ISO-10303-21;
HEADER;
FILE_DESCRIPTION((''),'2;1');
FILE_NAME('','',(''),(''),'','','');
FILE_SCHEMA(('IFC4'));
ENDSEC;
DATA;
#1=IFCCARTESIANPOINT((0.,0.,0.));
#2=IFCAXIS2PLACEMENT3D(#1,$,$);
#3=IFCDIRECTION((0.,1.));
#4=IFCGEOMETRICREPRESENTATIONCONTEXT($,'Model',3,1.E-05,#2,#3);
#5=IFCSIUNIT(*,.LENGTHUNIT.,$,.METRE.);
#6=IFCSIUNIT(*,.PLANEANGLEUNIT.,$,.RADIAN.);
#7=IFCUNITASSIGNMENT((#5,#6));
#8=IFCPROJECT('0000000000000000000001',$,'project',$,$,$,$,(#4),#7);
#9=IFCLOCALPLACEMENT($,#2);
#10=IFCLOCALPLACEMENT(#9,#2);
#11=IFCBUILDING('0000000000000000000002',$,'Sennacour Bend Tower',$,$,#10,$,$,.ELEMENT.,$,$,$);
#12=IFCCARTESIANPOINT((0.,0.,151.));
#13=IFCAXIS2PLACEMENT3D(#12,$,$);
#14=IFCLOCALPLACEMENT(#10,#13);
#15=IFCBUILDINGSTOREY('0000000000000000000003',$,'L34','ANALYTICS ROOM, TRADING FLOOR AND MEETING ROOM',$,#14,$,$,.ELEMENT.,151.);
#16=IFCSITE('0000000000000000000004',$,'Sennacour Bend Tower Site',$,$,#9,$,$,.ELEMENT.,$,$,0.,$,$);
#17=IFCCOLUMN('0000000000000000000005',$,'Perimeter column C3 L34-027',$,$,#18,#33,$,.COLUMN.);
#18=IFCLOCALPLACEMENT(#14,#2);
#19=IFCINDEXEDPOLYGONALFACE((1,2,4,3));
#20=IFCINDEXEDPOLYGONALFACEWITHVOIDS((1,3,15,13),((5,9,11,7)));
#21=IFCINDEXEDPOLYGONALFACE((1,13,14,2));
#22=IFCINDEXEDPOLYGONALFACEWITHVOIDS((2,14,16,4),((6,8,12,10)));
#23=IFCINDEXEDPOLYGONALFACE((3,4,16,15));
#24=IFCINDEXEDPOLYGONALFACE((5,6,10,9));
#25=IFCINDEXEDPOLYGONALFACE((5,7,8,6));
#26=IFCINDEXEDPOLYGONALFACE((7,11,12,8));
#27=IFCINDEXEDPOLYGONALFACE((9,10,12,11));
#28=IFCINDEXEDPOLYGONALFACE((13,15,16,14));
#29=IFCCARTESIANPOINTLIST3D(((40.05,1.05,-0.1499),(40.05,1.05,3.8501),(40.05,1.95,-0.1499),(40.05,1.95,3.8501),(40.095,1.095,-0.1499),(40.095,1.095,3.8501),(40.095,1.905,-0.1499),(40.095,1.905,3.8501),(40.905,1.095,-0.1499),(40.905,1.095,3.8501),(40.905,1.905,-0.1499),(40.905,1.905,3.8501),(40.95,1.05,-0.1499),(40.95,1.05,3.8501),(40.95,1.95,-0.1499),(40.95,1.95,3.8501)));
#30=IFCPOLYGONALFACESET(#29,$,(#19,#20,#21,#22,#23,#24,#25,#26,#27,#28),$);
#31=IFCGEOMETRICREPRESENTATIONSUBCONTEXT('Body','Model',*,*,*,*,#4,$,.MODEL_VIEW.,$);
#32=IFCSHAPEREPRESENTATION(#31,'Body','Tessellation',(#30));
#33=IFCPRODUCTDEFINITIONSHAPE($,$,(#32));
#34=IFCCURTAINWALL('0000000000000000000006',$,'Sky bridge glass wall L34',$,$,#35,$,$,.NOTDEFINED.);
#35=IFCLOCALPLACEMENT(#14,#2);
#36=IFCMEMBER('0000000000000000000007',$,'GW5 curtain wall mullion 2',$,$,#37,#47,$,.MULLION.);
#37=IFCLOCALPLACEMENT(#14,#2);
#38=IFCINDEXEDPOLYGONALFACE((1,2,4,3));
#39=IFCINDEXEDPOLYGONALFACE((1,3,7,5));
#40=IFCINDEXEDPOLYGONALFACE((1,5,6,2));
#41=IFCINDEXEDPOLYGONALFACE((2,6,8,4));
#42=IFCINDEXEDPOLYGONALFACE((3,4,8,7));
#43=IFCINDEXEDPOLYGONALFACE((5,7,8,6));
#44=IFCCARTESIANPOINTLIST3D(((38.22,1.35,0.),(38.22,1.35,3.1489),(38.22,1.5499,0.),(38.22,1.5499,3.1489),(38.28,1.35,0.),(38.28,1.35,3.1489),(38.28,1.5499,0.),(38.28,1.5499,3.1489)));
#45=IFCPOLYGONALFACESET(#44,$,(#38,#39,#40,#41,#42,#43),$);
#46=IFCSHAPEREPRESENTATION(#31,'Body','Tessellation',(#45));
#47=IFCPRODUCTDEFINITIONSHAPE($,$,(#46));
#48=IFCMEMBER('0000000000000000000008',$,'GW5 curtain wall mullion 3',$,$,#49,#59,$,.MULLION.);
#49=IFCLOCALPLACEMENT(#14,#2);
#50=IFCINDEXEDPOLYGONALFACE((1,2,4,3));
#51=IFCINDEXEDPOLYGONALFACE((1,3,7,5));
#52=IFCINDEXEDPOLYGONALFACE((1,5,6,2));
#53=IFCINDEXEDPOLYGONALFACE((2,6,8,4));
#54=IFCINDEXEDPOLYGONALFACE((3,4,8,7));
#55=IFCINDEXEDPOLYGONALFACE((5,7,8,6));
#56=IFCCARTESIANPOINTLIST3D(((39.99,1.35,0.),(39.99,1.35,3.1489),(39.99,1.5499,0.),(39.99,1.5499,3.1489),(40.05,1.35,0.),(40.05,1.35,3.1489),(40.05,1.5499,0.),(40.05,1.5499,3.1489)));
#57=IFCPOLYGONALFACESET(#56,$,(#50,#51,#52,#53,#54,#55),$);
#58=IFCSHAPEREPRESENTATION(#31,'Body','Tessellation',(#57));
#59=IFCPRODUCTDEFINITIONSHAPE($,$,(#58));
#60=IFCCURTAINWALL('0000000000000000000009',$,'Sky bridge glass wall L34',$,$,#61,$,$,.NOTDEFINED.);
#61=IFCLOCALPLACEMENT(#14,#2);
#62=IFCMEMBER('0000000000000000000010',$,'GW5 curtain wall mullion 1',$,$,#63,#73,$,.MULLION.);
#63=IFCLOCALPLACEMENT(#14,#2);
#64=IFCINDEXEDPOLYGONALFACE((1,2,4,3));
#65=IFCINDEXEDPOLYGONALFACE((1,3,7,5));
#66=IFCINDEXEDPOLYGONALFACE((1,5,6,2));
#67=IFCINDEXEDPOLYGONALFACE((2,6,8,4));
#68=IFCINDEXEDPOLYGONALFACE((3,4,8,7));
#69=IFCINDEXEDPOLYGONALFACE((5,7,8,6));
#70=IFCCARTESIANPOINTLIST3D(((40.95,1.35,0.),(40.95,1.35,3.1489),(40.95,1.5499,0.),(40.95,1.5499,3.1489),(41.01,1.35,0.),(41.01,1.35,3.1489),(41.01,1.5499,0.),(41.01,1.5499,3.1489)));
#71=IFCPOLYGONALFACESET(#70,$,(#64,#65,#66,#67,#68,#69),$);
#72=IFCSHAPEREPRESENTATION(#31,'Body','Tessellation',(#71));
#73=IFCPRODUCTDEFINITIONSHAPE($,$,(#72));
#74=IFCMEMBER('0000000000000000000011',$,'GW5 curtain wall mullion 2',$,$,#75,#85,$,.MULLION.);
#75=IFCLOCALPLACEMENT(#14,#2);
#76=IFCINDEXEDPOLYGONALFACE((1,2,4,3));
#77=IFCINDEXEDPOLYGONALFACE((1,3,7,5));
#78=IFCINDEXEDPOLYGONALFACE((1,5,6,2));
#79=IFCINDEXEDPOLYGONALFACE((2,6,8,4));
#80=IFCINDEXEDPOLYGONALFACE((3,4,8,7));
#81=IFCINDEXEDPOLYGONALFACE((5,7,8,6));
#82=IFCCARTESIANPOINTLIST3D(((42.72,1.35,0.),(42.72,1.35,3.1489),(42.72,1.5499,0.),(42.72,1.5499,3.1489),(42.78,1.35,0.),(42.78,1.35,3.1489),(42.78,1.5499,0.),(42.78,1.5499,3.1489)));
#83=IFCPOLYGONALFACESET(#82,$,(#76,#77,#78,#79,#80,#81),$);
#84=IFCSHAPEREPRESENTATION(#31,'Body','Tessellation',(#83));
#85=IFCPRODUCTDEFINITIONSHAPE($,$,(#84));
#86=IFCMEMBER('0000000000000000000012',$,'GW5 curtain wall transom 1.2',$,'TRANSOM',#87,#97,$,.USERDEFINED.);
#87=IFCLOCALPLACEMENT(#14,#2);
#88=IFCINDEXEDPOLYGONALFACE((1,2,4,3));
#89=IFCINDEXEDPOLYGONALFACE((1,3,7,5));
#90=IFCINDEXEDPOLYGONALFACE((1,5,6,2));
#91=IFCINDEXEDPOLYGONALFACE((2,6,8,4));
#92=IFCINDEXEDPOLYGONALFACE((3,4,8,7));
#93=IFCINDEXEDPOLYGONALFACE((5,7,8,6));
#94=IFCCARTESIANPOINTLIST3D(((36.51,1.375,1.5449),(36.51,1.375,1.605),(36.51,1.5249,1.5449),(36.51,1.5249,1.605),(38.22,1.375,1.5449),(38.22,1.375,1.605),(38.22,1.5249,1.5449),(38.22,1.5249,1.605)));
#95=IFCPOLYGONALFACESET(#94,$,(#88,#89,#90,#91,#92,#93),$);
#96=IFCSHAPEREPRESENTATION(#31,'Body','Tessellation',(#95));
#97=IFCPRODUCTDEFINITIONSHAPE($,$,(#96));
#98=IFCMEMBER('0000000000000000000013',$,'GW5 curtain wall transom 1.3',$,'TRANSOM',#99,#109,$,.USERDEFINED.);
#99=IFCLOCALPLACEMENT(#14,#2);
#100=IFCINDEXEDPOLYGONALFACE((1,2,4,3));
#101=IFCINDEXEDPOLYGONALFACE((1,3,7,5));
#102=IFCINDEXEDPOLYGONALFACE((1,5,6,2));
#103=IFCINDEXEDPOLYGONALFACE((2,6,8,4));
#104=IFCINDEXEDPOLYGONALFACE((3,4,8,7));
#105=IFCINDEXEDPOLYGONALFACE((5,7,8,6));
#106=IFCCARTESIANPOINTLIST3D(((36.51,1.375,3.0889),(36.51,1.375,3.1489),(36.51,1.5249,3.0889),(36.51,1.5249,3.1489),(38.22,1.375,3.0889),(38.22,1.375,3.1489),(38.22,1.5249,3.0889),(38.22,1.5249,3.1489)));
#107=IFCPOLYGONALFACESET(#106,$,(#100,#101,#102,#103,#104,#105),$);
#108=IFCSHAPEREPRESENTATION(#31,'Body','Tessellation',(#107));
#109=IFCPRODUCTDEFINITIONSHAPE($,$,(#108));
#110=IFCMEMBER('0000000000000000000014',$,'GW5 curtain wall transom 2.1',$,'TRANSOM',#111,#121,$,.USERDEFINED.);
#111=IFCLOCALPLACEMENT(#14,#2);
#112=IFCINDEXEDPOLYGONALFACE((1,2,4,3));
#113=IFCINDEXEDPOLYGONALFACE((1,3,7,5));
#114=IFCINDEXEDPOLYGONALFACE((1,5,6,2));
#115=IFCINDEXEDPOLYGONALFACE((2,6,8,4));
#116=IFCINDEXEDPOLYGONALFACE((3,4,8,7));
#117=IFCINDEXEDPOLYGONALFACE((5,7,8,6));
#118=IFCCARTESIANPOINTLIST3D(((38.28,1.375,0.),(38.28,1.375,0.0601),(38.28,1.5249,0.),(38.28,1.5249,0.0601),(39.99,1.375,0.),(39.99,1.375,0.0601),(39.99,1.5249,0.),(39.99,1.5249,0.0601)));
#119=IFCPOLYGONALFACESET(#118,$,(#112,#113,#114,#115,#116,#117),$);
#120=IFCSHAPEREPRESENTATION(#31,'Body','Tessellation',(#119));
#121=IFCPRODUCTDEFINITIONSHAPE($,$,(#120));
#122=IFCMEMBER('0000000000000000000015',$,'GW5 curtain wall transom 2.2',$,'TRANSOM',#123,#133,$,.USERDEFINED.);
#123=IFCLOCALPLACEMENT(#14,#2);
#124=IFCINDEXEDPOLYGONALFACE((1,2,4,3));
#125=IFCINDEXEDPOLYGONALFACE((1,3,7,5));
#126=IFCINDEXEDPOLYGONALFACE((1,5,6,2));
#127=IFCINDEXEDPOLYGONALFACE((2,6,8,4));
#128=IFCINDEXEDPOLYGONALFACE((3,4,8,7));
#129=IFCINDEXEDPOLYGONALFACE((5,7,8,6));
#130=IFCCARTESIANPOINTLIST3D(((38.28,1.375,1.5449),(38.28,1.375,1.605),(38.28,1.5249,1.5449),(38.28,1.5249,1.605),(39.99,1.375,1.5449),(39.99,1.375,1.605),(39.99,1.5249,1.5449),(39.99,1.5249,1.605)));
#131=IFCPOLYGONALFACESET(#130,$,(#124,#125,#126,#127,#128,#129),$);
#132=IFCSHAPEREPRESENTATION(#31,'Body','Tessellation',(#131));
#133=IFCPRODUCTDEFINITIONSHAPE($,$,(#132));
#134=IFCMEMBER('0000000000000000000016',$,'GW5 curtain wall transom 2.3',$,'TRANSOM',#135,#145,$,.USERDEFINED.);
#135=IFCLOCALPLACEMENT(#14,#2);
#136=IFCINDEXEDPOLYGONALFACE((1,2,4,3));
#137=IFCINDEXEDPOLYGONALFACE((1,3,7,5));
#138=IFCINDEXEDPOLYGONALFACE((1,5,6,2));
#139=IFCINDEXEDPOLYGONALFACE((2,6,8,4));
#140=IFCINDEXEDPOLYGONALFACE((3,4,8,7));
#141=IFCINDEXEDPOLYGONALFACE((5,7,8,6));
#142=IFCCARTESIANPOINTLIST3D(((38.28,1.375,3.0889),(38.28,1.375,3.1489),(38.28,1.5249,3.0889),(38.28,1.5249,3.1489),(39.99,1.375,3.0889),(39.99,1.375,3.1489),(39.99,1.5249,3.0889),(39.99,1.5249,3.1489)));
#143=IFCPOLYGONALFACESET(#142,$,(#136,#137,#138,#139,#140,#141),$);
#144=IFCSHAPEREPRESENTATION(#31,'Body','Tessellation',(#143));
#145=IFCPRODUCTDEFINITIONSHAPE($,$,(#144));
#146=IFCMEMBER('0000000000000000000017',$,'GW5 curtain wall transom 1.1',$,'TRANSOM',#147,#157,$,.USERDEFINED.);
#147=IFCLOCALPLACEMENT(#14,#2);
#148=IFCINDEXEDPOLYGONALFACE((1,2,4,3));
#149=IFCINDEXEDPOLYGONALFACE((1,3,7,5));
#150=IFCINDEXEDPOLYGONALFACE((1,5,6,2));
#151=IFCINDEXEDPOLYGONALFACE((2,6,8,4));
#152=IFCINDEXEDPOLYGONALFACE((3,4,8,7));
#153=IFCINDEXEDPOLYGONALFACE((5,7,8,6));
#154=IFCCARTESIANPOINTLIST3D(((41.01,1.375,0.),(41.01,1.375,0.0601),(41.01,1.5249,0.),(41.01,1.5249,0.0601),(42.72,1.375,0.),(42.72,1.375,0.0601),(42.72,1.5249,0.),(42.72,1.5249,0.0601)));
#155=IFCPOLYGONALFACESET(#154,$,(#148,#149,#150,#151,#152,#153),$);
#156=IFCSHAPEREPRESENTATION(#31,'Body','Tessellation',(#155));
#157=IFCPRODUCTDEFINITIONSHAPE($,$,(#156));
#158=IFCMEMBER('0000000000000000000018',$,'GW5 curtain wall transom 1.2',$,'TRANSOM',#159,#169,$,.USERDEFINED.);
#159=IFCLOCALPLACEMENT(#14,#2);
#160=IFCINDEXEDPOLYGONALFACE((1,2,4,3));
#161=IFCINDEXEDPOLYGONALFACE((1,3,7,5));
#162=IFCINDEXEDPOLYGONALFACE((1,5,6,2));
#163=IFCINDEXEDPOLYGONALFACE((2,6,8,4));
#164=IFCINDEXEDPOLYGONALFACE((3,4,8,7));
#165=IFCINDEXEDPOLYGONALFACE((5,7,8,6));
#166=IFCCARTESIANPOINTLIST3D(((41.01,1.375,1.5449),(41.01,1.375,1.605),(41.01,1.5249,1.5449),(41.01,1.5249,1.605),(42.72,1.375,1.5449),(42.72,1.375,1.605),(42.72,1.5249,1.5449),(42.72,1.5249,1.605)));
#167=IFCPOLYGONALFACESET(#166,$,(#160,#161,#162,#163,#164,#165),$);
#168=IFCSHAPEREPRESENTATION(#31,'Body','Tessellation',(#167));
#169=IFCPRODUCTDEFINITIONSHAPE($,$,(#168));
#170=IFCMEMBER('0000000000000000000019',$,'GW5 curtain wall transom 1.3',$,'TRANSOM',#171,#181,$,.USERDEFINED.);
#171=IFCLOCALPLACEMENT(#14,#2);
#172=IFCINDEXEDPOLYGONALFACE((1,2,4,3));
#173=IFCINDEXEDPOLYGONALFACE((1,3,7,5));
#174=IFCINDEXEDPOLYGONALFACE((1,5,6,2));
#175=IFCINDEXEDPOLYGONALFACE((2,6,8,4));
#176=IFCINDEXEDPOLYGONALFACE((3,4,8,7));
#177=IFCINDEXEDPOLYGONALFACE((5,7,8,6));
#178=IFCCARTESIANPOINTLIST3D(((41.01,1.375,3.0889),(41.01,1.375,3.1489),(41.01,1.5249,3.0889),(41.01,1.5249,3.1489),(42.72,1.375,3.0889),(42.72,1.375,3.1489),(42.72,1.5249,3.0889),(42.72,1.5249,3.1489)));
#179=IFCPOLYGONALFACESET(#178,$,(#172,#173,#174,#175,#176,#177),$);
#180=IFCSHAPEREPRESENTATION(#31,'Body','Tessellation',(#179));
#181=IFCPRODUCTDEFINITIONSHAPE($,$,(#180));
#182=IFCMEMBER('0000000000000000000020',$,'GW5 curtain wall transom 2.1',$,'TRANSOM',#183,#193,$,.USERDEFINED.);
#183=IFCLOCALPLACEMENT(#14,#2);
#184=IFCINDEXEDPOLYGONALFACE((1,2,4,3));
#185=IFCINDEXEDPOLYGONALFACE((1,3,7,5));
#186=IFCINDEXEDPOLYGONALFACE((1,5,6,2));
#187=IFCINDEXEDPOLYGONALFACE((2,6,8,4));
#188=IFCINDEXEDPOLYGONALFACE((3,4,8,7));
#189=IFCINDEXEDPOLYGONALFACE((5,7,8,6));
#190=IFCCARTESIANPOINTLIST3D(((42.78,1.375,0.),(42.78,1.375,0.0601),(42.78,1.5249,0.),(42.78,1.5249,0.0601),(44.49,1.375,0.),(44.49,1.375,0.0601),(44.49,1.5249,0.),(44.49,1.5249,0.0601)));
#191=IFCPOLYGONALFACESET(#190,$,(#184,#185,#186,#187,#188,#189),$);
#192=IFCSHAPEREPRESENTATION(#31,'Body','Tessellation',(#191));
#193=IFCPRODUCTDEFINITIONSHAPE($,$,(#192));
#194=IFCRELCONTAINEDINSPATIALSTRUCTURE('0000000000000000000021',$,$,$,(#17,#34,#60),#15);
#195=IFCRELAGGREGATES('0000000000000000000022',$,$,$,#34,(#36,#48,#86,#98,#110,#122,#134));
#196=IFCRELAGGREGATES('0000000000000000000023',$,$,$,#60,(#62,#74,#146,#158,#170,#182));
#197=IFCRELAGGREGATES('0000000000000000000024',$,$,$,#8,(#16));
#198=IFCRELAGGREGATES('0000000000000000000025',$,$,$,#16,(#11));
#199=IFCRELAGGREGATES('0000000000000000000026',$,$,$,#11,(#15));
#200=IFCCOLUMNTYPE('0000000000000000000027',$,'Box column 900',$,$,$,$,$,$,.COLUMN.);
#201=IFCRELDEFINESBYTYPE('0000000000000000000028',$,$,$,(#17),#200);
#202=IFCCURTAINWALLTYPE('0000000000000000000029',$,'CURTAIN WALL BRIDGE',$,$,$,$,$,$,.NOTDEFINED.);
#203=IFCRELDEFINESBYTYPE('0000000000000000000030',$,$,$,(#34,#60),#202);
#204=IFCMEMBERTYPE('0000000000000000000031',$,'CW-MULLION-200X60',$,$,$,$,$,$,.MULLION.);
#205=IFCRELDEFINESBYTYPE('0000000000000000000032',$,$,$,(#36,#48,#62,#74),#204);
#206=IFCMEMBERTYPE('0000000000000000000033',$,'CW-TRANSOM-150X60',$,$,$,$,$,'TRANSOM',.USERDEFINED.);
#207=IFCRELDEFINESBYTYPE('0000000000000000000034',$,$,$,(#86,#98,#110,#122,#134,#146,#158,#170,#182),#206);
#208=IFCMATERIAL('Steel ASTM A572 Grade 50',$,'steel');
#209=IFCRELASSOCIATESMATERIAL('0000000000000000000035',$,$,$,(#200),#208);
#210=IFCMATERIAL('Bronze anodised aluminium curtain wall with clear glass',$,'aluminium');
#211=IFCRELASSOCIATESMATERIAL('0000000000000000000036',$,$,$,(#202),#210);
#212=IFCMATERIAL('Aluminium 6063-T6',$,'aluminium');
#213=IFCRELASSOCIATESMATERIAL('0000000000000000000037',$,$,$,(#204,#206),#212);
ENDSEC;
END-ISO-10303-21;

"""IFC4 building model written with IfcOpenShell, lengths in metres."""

from ifc_helpers import new_model, si_unit, direction, frame, origin, origin_2d, place, context, subcontext, project, spatial, rectangle, hollow_rectangle, extrude, material, material_profile, profile_set, type_object, element, aggregate, save


model = new_model("IFC4")

# Units and contexts
model_context = context("Model", 3, precision=1e-05, world=origin(), true_north=direction((0.0, 1.0)))
body_context = subcontext(model_context, "Body", "Model", "MODEL_VIEW")
ifc_project = project(units=[si_unit("LENGTHUNIT", "METRE"), si_unit("PLANEANGLEUNIT", "RADIAN")], contexts=[model_context])

# Site, building, storey
site_placement = place(None, origin())
site = spatial("IfcSite", under=ifc_project, at=site_placement, Name="Sennacour Bend Tower Site", CompositionType="ELEMENT", RefElevation=0.0)
building_placement = place(site_placement, origin())
building = spatial("IfcBuilding", under=site, at=building_placement, Name="Sennacour Bend Tower", CompositionType="ELEMENT")
storey_placement = place(building_placement, frame((0.0, 0.0, 151.0)))
storey = spatial("IfcBuildingStorey", under=building, at=storey_placement, Name="L34", Description="ANALYTICS ROOM, TRADING FLOOR AND MEETING ROOM", CompositionType="ELEMENT", Elevation=151.0)

# Column
ifc_material_1 = material(Name="Steel ASTM A572 Grade 50", Category="steel")
ifc_material_profile_1 = material_profile(ifc_material_1, hollow_rectangle(XDim=0.8999, YDim=0.8999, WallThickness=0.0449, at=origin_2d()), Name="Steel ASTM A572 Grade 50", Category="steel")
ifc_profile_set_1 = profile_set([ifc_material_profile_1], Name="Steel ASTM A572 Grade 50")
column_type = type_object("IfcColumnType", Name="Box column 900", PredefinedType="COLUMN", material=ifc_profile_set_1)
column_placement = place(storey_placement, frame((40.5, 1.5, -0.1499), z_axis=(0.0, 0.0, 1.0), x_axis=(1.0, 0.0, 0.0)))
element("IfcColumn", 1, at=column_placement, inside=storey, type_object=column_type, Name="Perimeter column C3 L34-027", PredefinedType="COLUMN", context=body_context, shape_type="SweptSolid", body=[
    extrude(hollow_rectangle(XDim=0.8999, YDim=0.8999, WallThickness=0.0449, at=origin_2d()), origin(), (0.0, 0.0, 1.0), 4.0),
])

# Curtain walls, members
ifc_material_2 = material(Name="Bronze anodised aluminium curtain wall with clear glass", Category="aluminium")
curtain_wall_type = type_object("IfcCurtainWallType", Name="CURTAIN WALL BRIDGE", PredefinedType="NOTDEFINED", material=ifc_material_2)
curtain_wall_1_placement = place(storey_placement, origin())
curtain_wall_1 = element("IfcCurtainWall", 2, at=curtain_wall_1_placement, inside=storey, type_object=curtain_wall_type, Name="Sky bridge glass wall L34", PredefinedType="NOTDEFINED")
ifc_material_3 = material(Name="Aluminium 6063-T6", Category="aluminium")
ifc_material_profile_2 = material_profile(ifc_material_3, rectangle(XDim=0.2, YDim=0.0601, at=origin_2d()), Name="Aluminium 6063-T6", Category="aluminium")
ifc_profile_set_2 = profile_set([ifc_material_profile_2], Name="Aluminium 6063-T6")
member_type_1 = type_object("IfcMemberType", Name="CW-MULLION-200X60", PredefinedType="MULLION", material=ifc_profile_set_2)
member_1_placement = place(storey_placement, frame((38.25, 1.45, 0.0), z_axis=(0.0, 0.0, 1.0), x_axis=(0.0, 1.0, 0.0)))
member_1 = element("IfcMember", 3, at=member_1_placement, type_object=member_type_1, Name="GW5 curtain wall mullion 2", PredefinedType="MULLION", context=body_context, shape_type="SweptSolid", body=[
    extrude(rectangle(XDim=0.2, YDim=0.0601, at=origin_2d()), origin(), (0.0, 0.0, 1.0), 3.1489),
])
member_2_placement = place(storey_placement, frame((40.02, 1.45, 0.0), z_axis=(0.0, 0.0, 1.0), x_axis=(0.0, 1.0, 0.0)))
member_2 = element("IfcMember", 4, at=member_2_placement, type_object=member_type_1, Name="GW5 curtain wall mullion 3", PredefinedType="MULLION", context=body_context, shape_type="SweptSolid", body=[
    extrude(rectangle(XDim=0.2, YDim=0.0601, at=origin_2d()), origin(), (0.0, 0.0, 1.0), 3.1489),
])
curtain_wall_2_placement = place(storey_placement, origin())
curtain_wall_2 = element("IfcCurtainWall", 5, at=curtain_wall_2_placement, inside=storey, type_object=curtain_wall_type, Name="Sky bridge glass wall L34", PredefinedType="NOTDEFINED")
member_3_placement = place(storey_placement, frame((40.98, 1.45, 0.0), z_axis=(0.0, 0.0, 1.0), x_axis=(0.0, 1.0, 0.0)))
member_3 = element("IfcMember", 6, at=member_3_placement, type_object=member_type_1, Name="GW5 curtain wall mullion 1", PredefinedType="MULLION", context=body_context, shape_type="SweptSolid", body=[
    extrude(rectangle(XDim=0.2, YDim=0.0601, at=origin_2d()), origin(), (0.0, 0.0, 1.0), 3.1489),
])
member_4_placement = place(storey_placement, frame((42.75, 1.45, 0.0), z_axis=(0.0, 0.0, 1.0), x_axis=(0.0, 1.0, 0.0)))
member_4 = element("IfcMember", 7, at=member_4_placement, type_object=member_type_1, Name="GW5 curtain wall mullion 2", PredefinedType="MULLION", context=body_context, shape_type="SweptSolid", body=[
    extrude(rectangle(XDim=0.2, YDim=0.0601, at=origin_2d()), origin(), (0.0, 0.0, 1.0), 3.1489),
])

# Members
ifc_material_profile_3 = material_profile(ifc_material_3, rectangle(XDim=0.1499, YDim=0.0601, at=origin_2d()), Name="Aluminium 6063-T6", Category="aluminium")
ifc_profile_set_3 = profile_set([ifc_material_profile_3], Name="Aluminium 6063-T6")
member_type_2 = type_object("IfcMemberType", Name="CW-TRANSOM-150X60", ElementType="TRANSOM", PredefinedType="USERDEFINED", material=ifc_profile_set_3)
member_5_placement = place(storey_placement, frame((36.51, 1.45, 1.575), z_axis=(1.0, 0.0, 0.0), x_axis=(0.0, 1.0, 0.0)))
member_5 = element("IfcMember", 8, at=member_5_placement, type_object=member_type_2, Name="GW5 curtain wall transom 1.2", ObjectType="TRANSOM", PredefinedType="USERDEFINED", context=body_context, shape_type="SweptSolid", body=[
    extrude(rectangle(XDim=0.1499, YDim=0.0601, at=origin_2d()), origin(), (0.0, 0.0, 1.0), 1.71),
])
member_6_placement = place(storey_placement, frame((36.51, 1.45, 3.1189), z_axis=(1.0, 0.0, 0.0), x_axis=(0.0, 1.0, 0.0)))
member_6 = element("IfcMember", 9, at=member_6_placement, type_object=member_type_2, Name="GW5 curtain wall transom 1.3", ObjectType="TRANSOM", PredefinedType="USERDEFINED", context=body_context, shape_type="SweptSolid", body=[
    extrude(rectangle(XDim=0.1499, YDim=0.0601, at=origin_2d()), origin(), (0.0, 0.0, 1.0), 1.71),
])
member_7_placement = place(storey_placement, frame((38.28, 1.45, 0.03), z_axis=(1.0, 0.0, 0.0), x_axis=(0.0, 1.0, 0.0)))
member_7 = element("IfcMember", 10, at=member_7_placement, type_object=member_type_2, Name="GW5 curtain wall transom 2.1", ObjectType="TRANSOM", PredefinedType="USERDEFINED", context=body_context, shape_type="SweptSolid", body=[
    extrude(rectangle(XDim=0.1499, YDim=0.0601, at=origin_2d()), origin(), (0.0, 0.0, 1.0), 1.71),
])
member_8_placement = place(storey_placement, frame((38.28, 1.45, 1.575), z_axis=(1.0, 0.0, 0.0), x_axis=(0.0, 1.0, 0.0)))
member_8 = element("IfcMember", 11, at=member_8_placement, type_object=member_type_2, Name="GW5 curtain wall transom 2.2", ObjectType="TRANSOM", PredefinedType="USERDEFINED", context=body_context, shape_type="SweptSolid", body=[
    extrude(rectangle(XDim=0.1499, YDim=0.0601, at=origin_2d()), origin(), (0.0, 0.0, 1.0), 1.71),
])
member_9_placement = place(storey_placement, frame((38.28, 1.45, 3.1189), z_axis=(1.0, 0.0, 0.0), x_axis=(0.0, 1.0, 0.0)))
member_9 = element("IfcMember", 12, at=member_9_placement, type_object=member_type_2, Name="GW5 curtain wall transom 2.3", ObjectType="TRANSOM", PredefinedType="USERDEFINED", context=body_context, shape_type="SweptSolid", body=[
    extrude(rectangle(XDim=0.1499, YDim=0.0601, at=origin_2d()), origin(), (0.0, 0.0, 1.0), 1.71),
])
member_10_placement = place(storey_placement, frame((41.01, 1.45, 0.03), z_axis=(1.0, 0.0, 0.0), x_axis=(0.0, 1.0, 0.0)))
member_10 = element("IfcMember", 13, at=member_10_placement, type_object=member_type_2, Name="GW5 curtain wall transom 1.1", ObjectType="TRANSOM", PredefinedType="USERDEFINED", context=body_context, shape_type="SweptSolid", body=[
    extrude(rectangle(XDim=0.1499, YDim=0.0601, at=origin_2d()), origin(), (0.0, 0.0, 1.0), 1.71),
])
member_11_placement = place(storey_placement, frame((41.01, 1.45, 1.575), z_axis=(1.0, 0.0, 0.0), x_axis=(0.0, 1.0, 0.0)))
member_11 = element("IfcMember", 14, at=member_11_placement, type_object=member_type_2, Name="GW5 curtain wall transom 1.2", ObjectType="TRANSOM", PredefinedType="USERDEFINED", context=body_context, shape_type="SweptSolid", body=[
    extrude(rectangle(XDim=0.1499, YDim=0.0601, at=origin_2d()), origin(), (0.0, 0.0, 1.0), 1.71),
])
member_12_placement = place(storey_placement, frame((41.01, 1.45, 3.1189), z_axis=(1.0, 0.0, 0.0), x_axis=(0.0, 1.0, 0.0)))
member_12 = element("IfcMember", 15, at=member_12_placement, type_object=member_type_2, Name="GW5 curtain wall transom 1.3", ObjectType="TRANSOM", PredefinedType="USERDEFINED", context=body_context, shape_type="SweptSolid", body=[
    extrude(rectangle(XDim=0.1499, YDim=0.0601, at=origin_2d()), origin(), (0.0, 0.0, 1.0), 1.71),
])
member_13_placement = place(storey_placement, frame((42.78, 1.45, 0.03), z_axis=(1.0, 0.0, 0.0), x_axis=(0.0, 1.0, 0.0)))
member_13 = element("IfcMember", 16, at=member_13_placement, type_object=member_type_2, Name="GW5 curtain wall transom 2.1", ObjectType="TRANSOM", PredefinedType="USERDEFINED", context=body_context, shape_type="SweptSolid", body=[
    extrude(rectangle(XDim=0.1499, YDim=0.0601, at=origin_2d()), origin(), (0.0, 0.0, 1.0), 1.71),
])

aggregate(curtain_wall_1, [member_1, member_2, member_5, member_6, member_7, member_8, member_9])
aggregate(curtain_wall_2, [member_3, member_4, member_10, member_11, member_12, member_13])

save(model, "model.ifc")
